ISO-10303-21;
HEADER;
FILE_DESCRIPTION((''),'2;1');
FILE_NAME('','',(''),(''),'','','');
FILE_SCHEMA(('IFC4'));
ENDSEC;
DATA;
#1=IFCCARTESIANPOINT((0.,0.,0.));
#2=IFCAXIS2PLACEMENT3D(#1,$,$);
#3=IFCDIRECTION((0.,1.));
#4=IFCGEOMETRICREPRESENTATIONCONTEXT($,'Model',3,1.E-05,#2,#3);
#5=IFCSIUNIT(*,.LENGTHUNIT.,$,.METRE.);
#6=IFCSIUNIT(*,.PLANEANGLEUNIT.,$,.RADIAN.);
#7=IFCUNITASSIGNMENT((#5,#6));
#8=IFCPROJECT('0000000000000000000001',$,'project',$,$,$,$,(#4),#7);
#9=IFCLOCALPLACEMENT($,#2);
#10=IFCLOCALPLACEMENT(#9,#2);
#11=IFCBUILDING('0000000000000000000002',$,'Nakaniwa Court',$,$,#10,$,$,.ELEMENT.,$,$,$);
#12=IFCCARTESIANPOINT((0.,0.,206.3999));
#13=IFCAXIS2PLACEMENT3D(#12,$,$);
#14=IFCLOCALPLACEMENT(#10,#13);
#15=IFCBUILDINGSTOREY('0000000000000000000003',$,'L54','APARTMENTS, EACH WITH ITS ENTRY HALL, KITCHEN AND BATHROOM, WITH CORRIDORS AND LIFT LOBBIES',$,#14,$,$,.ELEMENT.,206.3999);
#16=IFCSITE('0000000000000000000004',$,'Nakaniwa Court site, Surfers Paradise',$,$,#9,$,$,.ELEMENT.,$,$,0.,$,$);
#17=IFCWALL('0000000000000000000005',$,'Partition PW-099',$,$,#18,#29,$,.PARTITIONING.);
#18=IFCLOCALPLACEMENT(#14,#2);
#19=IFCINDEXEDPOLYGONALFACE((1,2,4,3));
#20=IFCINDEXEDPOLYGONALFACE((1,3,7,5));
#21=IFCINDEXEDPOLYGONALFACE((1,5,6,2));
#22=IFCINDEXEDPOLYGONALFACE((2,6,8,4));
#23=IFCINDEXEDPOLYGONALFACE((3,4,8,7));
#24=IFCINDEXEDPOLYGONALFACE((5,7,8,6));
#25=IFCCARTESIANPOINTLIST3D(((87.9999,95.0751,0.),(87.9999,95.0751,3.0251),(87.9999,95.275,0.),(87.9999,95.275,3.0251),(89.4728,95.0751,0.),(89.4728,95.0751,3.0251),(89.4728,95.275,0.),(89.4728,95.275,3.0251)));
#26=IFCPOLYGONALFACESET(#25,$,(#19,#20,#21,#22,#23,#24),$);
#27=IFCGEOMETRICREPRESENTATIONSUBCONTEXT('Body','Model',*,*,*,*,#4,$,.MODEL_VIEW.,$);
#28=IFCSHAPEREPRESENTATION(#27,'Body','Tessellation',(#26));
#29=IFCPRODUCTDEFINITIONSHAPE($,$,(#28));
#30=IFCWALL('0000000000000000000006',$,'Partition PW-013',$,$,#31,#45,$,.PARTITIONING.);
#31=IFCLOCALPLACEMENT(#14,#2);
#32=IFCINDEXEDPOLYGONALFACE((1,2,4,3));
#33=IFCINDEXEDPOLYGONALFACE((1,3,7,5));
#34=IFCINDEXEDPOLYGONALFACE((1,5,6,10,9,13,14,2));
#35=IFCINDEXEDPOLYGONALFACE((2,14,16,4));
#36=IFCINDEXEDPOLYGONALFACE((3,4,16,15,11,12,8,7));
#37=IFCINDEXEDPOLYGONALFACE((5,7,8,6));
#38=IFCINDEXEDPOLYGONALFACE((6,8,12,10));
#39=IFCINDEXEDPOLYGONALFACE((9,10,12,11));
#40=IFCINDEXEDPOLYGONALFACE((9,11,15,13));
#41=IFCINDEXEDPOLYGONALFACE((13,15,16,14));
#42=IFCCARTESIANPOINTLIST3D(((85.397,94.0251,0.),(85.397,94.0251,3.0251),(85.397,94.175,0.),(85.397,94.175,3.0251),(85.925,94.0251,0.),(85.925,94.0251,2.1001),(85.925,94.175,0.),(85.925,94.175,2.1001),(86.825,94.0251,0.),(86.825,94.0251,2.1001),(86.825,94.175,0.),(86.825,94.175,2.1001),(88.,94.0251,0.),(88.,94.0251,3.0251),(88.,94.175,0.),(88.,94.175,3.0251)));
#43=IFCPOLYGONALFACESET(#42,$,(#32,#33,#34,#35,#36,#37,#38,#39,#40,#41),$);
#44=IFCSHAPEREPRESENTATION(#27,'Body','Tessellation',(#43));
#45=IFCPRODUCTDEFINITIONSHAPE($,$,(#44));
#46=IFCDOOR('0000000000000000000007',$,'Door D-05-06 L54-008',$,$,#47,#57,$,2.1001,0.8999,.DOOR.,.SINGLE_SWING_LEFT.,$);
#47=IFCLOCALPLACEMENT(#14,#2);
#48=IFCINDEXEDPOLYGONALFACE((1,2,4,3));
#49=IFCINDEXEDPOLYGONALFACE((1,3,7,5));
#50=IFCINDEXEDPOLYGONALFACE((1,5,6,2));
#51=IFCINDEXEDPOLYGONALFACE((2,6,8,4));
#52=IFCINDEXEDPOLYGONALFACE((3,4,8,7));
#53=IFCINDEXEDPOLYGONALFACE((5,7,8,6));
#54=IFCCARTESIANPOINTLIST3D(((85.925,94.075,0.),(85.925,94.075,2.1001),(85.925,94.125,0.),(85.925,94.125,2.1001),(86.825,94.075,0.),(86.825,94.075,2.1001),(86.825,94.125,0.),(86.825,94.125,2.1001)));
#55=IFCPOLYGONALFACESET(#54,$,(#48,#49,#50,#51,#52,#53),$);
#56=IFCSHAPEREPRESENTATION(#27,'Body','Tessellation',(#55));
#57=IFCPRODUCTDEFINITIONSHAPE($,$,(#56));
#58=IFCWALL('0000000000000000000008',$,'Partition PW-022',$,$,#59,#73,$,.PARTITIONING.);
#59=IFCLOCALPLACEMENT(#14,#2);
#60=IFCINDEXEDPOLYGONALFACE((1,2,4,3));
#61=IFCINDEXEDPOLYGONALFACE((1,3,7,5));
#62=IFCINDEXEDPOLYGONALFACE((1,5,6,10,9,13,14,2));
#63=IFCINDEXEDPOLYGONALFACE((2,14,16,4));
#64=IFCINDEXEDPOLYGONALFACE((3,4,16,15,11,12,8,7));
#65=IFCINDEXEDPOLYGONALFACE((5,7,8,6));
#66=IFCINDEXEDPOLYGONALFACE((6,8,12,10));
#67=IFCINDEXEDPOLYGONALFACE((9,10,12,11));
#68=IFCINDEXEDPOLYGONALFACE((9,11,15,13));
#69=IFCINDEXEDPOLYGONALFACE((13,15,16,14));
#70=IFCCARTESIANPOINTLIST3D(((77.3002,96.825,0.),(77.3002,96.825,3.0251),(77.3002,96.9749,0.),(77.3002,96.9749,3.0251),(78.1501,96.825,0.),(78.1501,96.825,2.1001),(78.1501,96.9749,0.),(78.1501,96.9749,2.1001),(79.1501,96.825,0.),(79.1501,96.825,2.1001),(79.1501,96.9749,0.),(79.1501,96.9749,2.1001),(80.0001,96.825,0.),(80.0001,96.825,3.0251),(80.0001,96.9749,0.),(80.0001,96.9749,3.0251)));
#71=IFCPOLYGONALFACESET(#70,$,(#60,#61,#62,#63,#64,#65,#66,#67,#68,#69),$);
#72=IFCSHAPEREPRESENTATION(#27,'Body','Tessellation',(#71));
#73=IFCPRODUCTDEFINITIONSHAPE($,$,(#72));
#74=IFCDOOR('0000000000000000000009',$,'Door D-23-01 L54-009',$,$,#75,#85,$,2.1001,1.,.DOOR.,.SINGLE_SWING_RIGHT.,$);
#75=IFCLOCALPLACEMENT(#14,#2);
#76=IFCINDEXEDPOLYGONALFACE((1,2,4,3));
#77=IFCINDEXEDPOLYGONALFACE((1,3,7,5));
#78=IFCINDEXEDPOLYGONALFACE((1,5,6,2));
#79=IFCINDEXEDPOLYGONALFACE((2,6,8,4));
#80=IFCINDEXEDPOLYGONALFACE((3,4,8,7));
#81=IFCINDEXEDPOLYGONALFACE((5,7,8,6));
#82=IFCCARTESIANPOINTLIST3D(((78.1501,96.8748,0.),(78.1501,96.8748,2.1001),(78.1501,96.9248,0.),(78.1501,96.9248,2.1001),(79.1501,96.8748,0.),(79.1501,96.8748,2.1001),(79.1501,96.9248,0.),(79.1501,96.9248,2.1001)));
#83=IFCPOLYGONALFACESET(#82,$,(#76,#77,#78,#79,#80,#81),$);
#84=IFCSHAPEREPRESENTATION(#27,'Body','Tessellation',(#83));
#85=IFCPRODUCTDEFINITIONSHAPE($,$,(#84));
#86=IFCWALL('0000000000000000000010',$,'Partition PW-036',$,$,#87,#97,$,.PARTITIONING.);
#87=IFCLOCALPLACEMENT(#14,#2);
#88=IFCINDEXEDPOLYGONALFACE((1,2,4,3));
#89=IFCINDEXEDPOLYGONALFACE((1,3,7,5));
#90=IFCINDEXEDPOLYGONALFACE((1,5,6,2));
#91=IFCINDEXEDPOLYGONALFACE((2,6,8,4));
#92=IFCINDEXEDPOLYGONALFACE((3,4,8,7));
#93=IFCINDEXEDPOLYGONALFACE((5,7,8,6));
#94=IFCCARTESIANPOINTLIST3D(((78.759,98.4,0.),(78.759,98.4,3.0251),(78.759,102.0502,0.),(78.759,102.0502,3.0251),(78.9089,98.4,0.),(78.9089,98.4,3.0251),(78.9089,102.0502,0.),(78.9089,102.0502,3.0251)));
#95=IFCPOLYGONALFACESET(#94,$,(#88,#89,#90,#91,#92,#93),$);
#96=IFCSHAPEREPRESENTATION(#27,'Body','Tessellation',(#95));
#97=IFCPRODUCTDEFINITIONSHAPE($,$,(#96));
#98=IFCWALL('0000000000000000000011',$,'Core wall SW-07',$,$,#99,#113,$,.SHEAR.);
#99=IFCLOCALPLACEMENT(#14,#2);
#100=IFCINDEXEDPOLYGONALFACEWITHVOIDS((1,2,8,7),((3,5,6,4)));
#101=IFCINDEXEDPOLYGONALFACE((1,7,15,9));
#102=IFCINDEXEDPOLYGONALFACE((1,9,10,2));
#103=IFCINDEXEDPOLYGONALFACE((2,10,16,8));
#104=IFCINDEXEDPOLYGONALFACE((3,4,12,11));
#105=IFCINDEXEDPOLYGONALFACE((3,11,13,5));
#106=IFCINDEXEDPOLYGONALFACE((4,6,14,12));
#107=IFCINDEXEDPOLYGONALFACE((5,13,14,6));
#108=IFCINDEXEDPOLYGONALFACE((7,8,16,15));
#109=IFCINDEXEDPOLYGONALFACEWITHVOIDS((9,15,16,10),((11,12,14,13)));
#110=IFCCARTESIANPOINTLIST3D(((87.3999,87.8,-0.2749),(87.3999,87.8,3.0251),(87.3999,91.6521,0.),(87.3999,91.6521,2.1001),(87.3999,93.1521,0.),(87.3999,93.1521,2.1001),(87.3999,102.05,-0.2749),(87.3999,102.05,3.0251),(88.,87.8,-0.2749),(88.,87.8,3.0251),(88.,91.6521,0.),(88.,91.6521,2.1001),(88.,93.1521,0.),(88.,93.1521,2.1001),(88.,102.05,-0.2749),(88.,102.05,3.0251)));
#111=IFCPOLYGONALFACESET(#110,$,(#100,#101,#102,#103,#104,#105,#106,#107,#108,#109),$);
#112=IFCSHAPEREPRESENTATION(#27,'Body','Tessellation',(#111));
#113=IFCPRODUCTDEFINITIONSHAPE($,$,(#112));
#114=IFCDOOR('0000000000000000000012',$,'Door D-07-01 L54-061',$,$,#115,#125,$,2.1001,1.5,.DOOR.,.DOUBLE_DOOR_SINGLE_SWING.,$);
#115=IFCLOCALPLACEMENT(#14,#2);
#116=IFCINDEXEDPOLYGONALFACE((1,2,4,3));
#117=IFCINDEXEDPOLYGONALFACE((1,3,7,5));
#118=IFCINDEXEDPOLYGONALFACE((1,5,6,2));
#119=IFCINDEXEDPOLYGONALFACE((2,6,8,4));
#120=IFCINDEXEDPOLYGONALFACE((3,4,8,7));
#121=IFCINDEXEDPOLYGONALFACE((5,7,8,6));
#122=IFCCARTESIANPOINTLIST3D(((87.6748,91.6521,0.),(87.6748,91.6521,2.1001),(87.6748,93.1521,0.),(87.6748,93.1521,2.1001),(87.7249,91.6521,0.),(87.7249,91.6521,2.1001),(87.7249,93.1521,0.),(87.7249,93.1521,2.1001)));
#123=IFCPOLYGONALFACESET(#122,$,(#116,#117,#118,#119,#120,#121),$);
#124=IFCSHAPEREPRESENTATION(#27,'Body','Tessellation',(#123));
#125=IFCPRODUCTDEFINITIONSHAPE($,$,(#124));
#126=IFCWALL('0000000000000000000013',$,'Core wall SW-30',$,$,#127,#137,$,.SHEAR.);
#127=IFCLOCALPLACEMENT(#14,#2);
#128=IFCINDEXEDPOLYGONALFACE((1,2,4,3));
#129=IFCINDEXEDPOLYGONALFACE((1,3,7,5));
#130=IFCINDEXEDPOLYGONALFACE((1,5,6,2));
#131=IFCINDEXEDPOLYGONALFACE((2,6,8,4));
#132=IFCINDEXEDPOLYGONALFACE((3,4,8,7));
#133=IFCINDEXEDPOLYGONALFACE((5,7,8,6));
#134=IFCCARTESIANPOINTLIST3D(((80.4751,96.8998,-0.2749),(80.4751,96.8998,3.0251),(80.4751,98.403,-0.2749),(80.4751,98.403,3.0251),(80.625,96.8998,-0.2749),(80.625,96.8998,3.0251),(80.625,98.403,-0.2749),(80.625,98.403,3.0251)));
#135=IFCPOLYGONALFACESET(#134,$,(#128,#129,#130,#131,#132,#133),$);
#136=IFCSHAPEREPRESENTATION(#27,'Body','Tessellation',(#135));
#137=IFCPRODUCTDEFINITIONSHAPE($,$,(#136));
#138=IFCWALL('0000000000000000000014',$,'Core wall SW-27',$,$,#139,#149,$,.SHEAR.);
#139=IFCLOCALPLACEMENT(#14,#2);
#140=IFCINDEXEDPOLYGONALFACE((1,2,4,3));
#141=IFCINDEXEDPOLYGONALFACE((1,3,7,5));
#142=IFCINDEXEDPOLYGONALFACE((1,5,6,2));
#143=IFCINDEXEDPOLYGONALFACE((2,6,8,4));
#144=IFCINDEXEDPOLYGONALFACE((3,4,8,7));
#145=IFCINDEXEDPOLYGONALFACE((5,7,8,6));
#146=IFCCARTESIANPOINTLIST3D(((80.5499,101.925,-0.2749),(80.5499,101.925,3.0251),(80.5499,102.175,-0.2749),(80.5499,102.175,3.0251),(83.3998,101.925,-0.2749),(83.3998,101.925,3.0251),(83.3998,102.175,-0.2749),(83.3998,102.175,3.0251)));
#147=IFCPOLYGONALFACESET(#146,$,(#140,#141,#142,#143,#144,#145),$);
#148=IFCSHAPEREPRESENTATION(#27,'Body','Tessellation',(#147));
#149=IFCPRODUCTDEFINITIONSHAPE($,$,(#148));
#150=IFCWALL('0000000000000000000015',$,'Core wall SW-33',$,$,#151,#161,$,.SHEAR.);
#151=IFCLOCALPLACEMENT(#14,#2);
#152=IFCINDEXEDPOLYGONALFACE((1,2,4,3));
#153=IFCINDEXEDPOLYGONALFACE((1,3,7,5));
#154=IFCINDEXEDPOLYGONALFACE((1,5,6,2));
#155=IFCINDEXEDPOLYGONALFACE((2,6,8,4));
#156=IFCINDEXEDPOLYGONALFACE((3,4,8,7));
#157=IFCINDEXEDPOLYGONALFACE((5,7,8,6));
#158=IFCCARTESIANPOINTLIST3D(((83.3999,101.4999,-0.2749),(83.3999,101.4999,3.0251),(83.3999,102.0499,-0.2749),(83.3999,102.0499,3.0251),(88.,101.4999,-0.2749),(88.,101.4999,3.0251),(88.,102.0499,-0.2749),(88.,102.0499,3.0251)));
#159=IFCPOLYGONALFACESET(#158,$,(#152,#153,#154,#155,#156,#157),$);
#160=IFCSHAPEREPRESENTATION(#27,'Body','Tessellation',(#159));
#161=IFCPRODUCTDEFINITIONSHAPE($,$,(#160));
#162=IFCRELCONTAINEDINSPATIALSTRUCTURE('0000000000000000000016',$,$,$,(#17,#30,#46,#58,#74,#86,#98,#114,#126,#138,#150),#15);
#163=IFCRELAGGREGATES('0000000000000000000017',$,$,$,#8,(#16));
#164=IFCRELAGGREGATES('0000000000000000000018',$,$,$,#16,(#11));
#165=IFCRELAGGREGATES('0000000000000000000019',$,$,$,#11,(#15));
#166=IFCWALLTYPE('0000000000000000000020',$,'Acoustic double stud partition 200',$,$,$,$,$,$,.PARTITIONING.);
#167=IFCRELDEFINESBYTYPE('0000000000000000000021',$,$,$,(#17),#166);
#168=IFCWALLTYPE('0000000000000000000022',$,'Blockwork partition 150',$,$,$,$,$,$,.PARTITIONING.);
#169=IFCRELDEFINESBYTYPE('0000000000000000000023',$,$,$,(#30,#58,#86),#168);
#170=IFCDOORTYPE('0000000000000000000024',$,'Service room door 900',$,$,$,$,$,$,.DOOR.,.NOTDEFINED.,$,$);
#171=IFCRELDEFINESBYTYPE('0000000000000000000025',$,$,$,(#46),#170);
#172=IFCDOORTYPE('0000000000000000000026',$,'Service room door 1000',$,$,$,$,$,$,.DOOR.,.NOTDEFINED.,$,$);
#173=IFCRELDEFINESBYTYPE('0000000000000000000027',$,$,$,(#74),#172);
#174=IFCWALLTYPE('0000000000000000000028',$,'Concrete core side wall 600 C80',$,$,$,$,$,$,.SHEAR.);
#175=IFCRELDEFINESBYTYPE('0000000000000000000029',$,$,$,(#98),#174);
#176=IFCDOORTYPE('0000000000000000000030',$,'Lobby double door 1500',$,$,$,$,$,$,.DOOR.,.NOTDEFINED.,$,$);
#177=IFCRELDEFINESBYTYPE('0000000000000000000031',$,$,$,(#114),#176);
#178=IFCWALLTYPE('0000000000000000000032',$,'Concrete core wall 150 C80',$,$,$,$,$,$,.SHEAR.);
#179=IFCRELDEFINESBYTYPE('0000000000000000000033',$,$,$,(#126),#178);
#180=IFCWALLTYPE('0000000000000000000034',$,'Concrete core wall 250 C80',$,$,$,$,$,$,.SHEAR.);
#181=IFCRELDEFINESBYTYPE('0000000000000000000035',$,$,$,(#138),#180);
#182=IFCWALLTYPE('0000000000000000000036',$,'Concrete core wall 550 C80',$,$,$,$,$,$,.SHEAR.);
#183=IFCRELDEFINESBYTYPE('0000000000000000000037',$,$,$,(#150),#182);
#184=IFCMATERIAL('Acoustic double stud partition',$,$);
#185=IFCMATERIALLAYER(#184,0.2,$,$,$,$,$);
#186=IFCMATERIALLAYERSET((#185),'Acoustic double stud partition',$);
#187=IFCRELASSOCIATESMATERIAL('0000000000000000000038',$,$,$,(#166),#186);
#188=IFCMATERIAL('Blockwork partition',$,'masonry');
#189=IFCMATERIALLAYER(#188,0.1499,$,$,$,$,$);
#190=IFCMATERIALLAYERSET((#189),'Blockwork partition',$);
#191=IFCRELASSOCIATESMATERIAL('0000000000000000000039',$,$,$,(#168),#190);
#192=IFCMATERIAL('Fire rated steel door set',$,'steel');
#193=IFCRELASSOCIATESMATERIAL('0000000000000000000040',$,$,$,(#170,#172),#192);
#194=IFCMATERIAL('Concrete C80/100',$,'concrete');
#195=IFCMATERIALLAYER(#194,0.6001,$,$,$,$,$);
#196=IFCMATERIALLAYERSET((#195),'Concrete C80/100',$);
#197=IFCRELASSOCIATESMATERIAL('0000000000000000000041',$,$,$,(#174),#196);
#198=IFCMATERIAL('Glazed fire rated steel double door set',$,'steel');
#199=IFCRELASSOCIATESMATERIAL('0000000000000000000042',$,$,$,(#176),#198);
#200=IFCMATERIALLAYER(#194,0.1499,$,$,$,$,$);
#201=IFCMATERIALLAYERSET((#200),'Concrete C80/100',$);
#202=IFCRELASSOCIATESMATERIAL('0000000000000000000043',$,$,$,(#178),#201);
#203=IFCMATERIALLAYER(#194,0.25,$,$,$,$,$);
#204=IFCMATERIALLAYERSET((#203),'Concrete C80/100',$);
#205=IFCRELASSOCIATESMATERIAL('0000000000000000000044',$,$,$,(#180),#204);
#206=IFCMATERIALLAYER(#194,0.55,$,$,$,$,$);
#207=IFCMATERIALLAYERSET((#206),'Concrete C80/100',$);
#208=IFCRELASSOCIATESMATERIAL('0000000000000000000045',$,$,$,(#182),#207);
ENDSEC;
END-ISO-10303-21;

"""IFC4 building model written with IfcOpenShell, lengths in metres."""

from ifc_helpers import new_model, si_unit, direction, frame, frame_2d, origin, place, context, subcontext, project, spatial, rectangle, extrude, material, layer, layer_set, type_object, element, fill, save


model = new_model("IFC4")

# Units and contexts
model_context = context("Model", 3, precision=1e-05, world=origin(), true_north=direction((0.0, 1.0)))
body_context = subcontext(model_context, "Body", "Model", "MODEL_VIEW")
ifc_project = project(units=[si_unit("LENGTHUNIT", "METRE"), si_unit("PLANEANGLEUNIT", "RADIAN")], contexts=[model_context])

# Site, building, storey
site_placement = place(None, origin())
site = spatial("IfcSite", under=ifc_project, at=site_placement, Name="Nakaniwa Court site, Surfers Paradise", CompositionType="ELEMENT", RefElevation=0.0)
building_placement = place(site_placement, origin())
building = spatial("IfcBuilding", under=site, at=building_placement, Name="Nakaniwa Court", CompositionType="ELEMENT")
storey_placement = place(building_placement, frame((0.0, 0.0, 206.3999)))
storey = spatial("IfcBuildingStorey", under=building, at=storey_placement, Name="L54", Description="APARTMENTS, EACH WITH ITS ENTRY HALL, KITCHEN AND BATHROOM, WITH CORRIDORS AND LIFT LOBBIES", CompositionType="ELEMENT", Elevation=206.3999)

# Wall
ifc_material_1 = material(Name="Acoustic double stud partition")
ifc_layer_1 = layer(ifc_material_1, 0.2)
ifc_layer_set_1 = layer_set([ifc_layer_1], Name="Acoustic double stud partition")
wall_type_1 = type_object("IfcWallType", Name="Acoustic double stud partition 200", PredefinedType="PARTITIONING", material=ifc_layer_set_1)
wall_1_placement = place(storey_placement, frame((88.0, 95.175, 0.0), z_axis=(0.0, 0.0, 1.0), x_axis=(1.0, 0.0, 0.0)))
element("IfcWall", 1, at=wall_1_placement, inside=storey, type_object=wall_type_1, Name="Partition PW-099", PredefinedType="PARTITIONING", context=body_context, shape_type="SweptSolid", body=[
    extrude(rectangle(XDim=1.4729, YDim=0.2, at=frame_2d((0.7363, 0.0))), origin(), (0.0, 0.0, 1.0), 3.0251),
])

# Walls, openings, doors
ifc_material_2 = material(Name="Blockwork partition", Category="masonry")
ifc_layer_2 = layer(ifc_material_2, 0.1499)
ifc_layer_set_2 = layer_set([ifc_layer_2], Name="Blockwork partition")
wall_type_2 = type_object("IfcWallType", Name="Blockwork partition 150", PredefinedType="PARTITIONING", material=ifc_layer_set_2)
wall_2_placement = place(storey_placement, frame((85.397, 94.1001, 0.0), z_axis=(0.0, 0.0, 1.0), x_axis=(1.0, 0.0, 0.0)))
wall_2 = element("IfcWall", 2, at=wall_2_placement, inside=storey, type_object=wall_type_2, Name="Partition PW-013", PredefinedType="PARTITIONING", context=body_context, shape_type="SweptSolid", body=[
    extrude(rectangle(XDim=2.603, YDim=0.1499, at=frame_2d((1.3015, 0.0))), origin(), (0.0, 0.0, 1.0), 3.0251),
])
opening_1_placement = place(wall_2_placement, frame((0.5281, 0.0, 0.0)))
opening_1 = element("IfcOpeningElement", 3, at=opening_1_placement, cuts=wall_2, PredefinedType="OPENING", context=body_context, shape_type="SweptSolid", body=[
    extrude(rectangle(XDim=0.8999, YDim=2.1001, at=frame_2d((0.45, 1.05))), frame((0.0, 0.085, 0.0), z_axis=(0.0, -1.0, 0.0), x_axis=(1.0, 0.0, 0.0)), (0.0, 0.0, 1.0), 0.1699),
])
ifc_material_3 = material(Name="Fire rated steel door set", Category="steel")
door_type_1 = type_object("IfcDoorType", Name="Service room door 900", OperationType="NOTDEFINED", PredefinedType="DOOR", material=ifc_material_3)
door_1_placement = place(opening_1_placement, origin())
door_1 = element("IfcDoor", 4, at=door_1_placement, inside=storey, type_object=door_type_1, Name="Door D-05-06 L54-008", OperationType="SINGLE_SWING_LEFT", OverallHeight=2.1001, OverallWidth=0.8999, PredefinedType="DOOR", context=body_context, shape_type="SweptSolid", body=[
    extrude(rectangle(XDim=0.8999, YDim=2.1001, at=frame_2d((0.45, 1.05))), frame((0.0, 0.0249, 0.0), z_axis=(0.0, -1.0, 0.0), x_axis=(1.0, 0.0, 0.0)), (0.0, 0.0, 1.0), 0.05),
])
fill(opening_1, door_1)
wall_3_placement = place(storey_placement, frame((77.3, 96.8999, 0.0), z_axis=(0.0, 0.0, 1.0), x_axis=(1.0, 0.0, 0.0)))
wall_3 = element("IfcWall", 5, at=wall_3_placement, inside=storey, type_object=wall_type_2, Name="Partition PW-022", PredefinedType="PARTITIONING", context=body_context, shape_type="SweptSolid", body=[
    extrude(rectangle(XDim=2.7, YDim=0.1499, at=frame_2d((1.3501, 0.0))), origin(), (0.0, 0.0, 1.0), 3.0251),
])
opening_2_placement = place(wall_3_placement, frame((0.8501, 0.0, 0.0)))
opening_2 = element("IfcOpeningElement", 6, at=opening_2_placement, cuts=wall_3, PredefinedType="OPENING", context=body_context, shape_type="SweptSolid", body=[
    extrude(rectangle(XDim=1.0, YDim=2.1001, at=frame_2d((0.5, 1.05))), frame((0.0, 0.085, 0.0), z_axis=(0.0, -1.0, 0.0), x_axis=(1.0, 0.0, 0.0)), (0.0, 0.0, 1.0), 0.1699),
])
door_type_2 = type_object("IfcDoorType", Name="Service room door 1000", OperationType="NOTDEFINED", PredefinedType="DOOR", material=ifc_material_3)
door_2_placement = place(opening_2_placement, origin())
door_2 = element("IfcDoor", 7, at=door_2_placement, inside=storey, type_object=door_type_2, Name="Door D-23-01 L54-009", OperationType="SINGLE_SWING_RIGHT", OverallHeight=2.1001, OverallWidth=1.0, PredefinedType="DOOR", context=body_context, shape_type="SweptSolid", body=[
    extrude(rectangle(XDim=1.0, YDim=2.1001, at=frame_2d((0.5, 1.05))), frame((0.0, 0.0249, 0.0), z_axis=(0.0, -1.0, 0.0), x_axis=(1.0, 0.0, 0.0)), (0.0, 0.0, 1.0), 0.05),
])
fill(opening_2, door_2)

# Wall
wall_4_placement = place(storey_placement, frame((78.834, 98.3999, 0.0), z_axis=(0.0, 0.0, 1.0), x_axis=(0.0, 1.0, 0.0)))
element("IfcWall", 8, at=wall_4_placement, inside=storey, type_object=wall_type_2, Name="Partition PW-036", PredefinedType="PARTITIONING", context=body_context, shape_type="SweptSolid", body=[
    extrude(rectangle(XDim=3.6501, YDim=0.1499, at=frame_2d((1.8252, 0.0))), origin(), (0.0, 0.0, 1.0), 3.0251),
])

# Wall, opening, door
ifc_material_4 = material(Name="Concrete C80/100", Category="concrete")
ifc_layer_3 = layer(ifc_material_4, 0.6001)
ifc_layer_set_3 = layer_set([ifc_layer_3], Name="Concrete C80/100")
wall_type_3 = type_object("IfcWallType", Name="Concrete core side wall 600 C80", PredefinedType="SHEAR", material=ifc_layer_set_3)
wall_5_placement = place(storey_placement, frame((87.7, 102.05, -0.2749), z_axis=(0.0, 0.0, 1.0), x_axis=(0.0, -1.0, 0.0)))
wall_5 = element("IfcWall", 9, at=wall_5_placement, inside=storey, type_object=wall_type_3, Name="Core wall SW-07", PredefinedType="SHEAR", context=body_context, shape_type="SweptSolid", body=[
    extrude(rectangle(XDim=14.25, YDim=0.6001, at=frame_2d((7.125, 0.0))), origin(), (0.0, 0.0, 1.0), 3.3),
])
opening_3_placement = place(wall_5_placement, frame((8.8979, 0.0, 0.2749)))
opening_3 = element("IfcOpeningElement", 10, at=opening_3_placement, cuts=wall_5, PredefinedType="OPENING", context=body_context, shape_type="SweptSolid", body=[
    extrude(rectangle(XDim=1.5, YDim=2.1001, at=frame_2d((0.75, 1.05))), frame((0.0, 0.3101, 0.0), z_axis=(0.0, -1.0, 0.0), x_axis=(1.0, 0.0, 0.0)), (0.0, 0.0, 1.0), 0.6201),
])
ifc_material_5 = material(Name="Glazed fire rated steel double door set", Category="steel")
door_type_3 = type_object("IfcDoorType", Name="Lobby double door 1500", OperationType="NOTDEFINED", PredefinedType="DOOR", material=ifc_material_5)
door_3_placement = place(opening_3_placement, origin())
door_3 = element("IfcDoor", 11, at=door_3_placement, inside=storey, type_object=door_type_3, Name="Door D-07-01 L54-061", OperationType="DOUBLE_DOOR_SINGLE_SWING", OverallHeight=2.1001, OverallWidth=1.5, PredefinedType="DOOR", context=body_context, shape_type="SweptSolid", body=[
    extrude(rectangle(XDim=1.5, YDim=2.1001, at=frame_2d((0.75, 1.05))), frame((0.0, 0.0249, 0.0), z_axis=(0.0, -1.0, 0.0), x_axis=(1.0, 0.0, 0.0)), (0.0, 0.0, 1.0), 0.05),
])
fill(opening_3, door_3)

# Walls
ifc_layer_4 = layer(ifc_material_4, 0.1499)
ifc_layer_set_4 = layer_set([ifc_layer_4], Name="Concrete C80/100")
wall_type_4 = type_object("IfcWallType", Name="Concrete core wall 150 C80", PredefinedType="SHEAR", material=ifc_layer_set_4)
wall_6_placement = place(storey_placement, frame((80.55, 96.8999, -0.2749), z_axis=(0.0, 0.0, 1.0), x_axis=(0.0, 1.0, 0.0)))
element("IfcWall", 12, at=wall_6_placement, inside=storey, type_object=wall_type_4, Name="Core wall SW-30", PredefinedType="SHEAR", context=body_context, shape_type="SweptSolid", body=[
    extrude(rectangle(XDim=1.5032, YDim=0.1499, at=frame_2d((0.7515, 0.0))), origin(), (0.0, 0.0, 1.0), 3.3),
])
ifc_layer_5 = layer(ifc_material_4, 0.25)
ifc_layer_set_5 = layer_set([ifc_layer_5], Name="Concrete C80/100")
wall_type_5 = type_object("IfcWallType", Name="Concrete core wall 250 C80", PredefinedType="SHEAR", material=ifc_layer_set_5)
wall_7_placement = place(storey_placement, frame((80.55, 102.05, -0.2749), z_axis=(0.0, 0.0, 1.0), x_axis=(1.0, 0.0, 0.0)))
element("IfcWall", 13, at=wall_7_placement, inside=storey, type_object=wall_type_5, Name="Core wall SW-27", PredefinedType="SHEAR", context=body_context, shape_type="SweptSolid", body=[
    extrude(rectangle(XDim=2.8499, YDim=0.25, at=frame_2d((1.4248, 0.0))), origin(), (0.0, 0.0, 1.0), 3.3),
])
ifc_layer_6 = layer(ifc_material_4, 0.55)
ifc_layer_set_6 = layer_set([ifc_layer_6], Name="Concrete C80/100")
wall_type_6 = type_object("IfcWallType", Name="Concrete core wall 550 C80", PredefinedType="SHEAR", material=ifc_layer_set_6)
wall_8_placement = place(storey_placement, frame((83.3999, 101.7749, -0.2749), z_axis=(0.0, 0.0, 1.0), x_axis=(1.0, 0.0, 0.0)))
element("IfcWall", 14, at=wall_8_placement, inside=storey, type_object=wall_type_6, Name="Core wall SW-33", PredefinedType="SHEAR", context=body_context, shape_type="SweptSolid", body=[
    extrude(rectangle(XDim=4.6001, YDim=0.55, at=frame_2d((2.3, 0.0))), origin(), (0.0, 0.0, 1.0), 3.3),
])

save(model, "model.ifc")
